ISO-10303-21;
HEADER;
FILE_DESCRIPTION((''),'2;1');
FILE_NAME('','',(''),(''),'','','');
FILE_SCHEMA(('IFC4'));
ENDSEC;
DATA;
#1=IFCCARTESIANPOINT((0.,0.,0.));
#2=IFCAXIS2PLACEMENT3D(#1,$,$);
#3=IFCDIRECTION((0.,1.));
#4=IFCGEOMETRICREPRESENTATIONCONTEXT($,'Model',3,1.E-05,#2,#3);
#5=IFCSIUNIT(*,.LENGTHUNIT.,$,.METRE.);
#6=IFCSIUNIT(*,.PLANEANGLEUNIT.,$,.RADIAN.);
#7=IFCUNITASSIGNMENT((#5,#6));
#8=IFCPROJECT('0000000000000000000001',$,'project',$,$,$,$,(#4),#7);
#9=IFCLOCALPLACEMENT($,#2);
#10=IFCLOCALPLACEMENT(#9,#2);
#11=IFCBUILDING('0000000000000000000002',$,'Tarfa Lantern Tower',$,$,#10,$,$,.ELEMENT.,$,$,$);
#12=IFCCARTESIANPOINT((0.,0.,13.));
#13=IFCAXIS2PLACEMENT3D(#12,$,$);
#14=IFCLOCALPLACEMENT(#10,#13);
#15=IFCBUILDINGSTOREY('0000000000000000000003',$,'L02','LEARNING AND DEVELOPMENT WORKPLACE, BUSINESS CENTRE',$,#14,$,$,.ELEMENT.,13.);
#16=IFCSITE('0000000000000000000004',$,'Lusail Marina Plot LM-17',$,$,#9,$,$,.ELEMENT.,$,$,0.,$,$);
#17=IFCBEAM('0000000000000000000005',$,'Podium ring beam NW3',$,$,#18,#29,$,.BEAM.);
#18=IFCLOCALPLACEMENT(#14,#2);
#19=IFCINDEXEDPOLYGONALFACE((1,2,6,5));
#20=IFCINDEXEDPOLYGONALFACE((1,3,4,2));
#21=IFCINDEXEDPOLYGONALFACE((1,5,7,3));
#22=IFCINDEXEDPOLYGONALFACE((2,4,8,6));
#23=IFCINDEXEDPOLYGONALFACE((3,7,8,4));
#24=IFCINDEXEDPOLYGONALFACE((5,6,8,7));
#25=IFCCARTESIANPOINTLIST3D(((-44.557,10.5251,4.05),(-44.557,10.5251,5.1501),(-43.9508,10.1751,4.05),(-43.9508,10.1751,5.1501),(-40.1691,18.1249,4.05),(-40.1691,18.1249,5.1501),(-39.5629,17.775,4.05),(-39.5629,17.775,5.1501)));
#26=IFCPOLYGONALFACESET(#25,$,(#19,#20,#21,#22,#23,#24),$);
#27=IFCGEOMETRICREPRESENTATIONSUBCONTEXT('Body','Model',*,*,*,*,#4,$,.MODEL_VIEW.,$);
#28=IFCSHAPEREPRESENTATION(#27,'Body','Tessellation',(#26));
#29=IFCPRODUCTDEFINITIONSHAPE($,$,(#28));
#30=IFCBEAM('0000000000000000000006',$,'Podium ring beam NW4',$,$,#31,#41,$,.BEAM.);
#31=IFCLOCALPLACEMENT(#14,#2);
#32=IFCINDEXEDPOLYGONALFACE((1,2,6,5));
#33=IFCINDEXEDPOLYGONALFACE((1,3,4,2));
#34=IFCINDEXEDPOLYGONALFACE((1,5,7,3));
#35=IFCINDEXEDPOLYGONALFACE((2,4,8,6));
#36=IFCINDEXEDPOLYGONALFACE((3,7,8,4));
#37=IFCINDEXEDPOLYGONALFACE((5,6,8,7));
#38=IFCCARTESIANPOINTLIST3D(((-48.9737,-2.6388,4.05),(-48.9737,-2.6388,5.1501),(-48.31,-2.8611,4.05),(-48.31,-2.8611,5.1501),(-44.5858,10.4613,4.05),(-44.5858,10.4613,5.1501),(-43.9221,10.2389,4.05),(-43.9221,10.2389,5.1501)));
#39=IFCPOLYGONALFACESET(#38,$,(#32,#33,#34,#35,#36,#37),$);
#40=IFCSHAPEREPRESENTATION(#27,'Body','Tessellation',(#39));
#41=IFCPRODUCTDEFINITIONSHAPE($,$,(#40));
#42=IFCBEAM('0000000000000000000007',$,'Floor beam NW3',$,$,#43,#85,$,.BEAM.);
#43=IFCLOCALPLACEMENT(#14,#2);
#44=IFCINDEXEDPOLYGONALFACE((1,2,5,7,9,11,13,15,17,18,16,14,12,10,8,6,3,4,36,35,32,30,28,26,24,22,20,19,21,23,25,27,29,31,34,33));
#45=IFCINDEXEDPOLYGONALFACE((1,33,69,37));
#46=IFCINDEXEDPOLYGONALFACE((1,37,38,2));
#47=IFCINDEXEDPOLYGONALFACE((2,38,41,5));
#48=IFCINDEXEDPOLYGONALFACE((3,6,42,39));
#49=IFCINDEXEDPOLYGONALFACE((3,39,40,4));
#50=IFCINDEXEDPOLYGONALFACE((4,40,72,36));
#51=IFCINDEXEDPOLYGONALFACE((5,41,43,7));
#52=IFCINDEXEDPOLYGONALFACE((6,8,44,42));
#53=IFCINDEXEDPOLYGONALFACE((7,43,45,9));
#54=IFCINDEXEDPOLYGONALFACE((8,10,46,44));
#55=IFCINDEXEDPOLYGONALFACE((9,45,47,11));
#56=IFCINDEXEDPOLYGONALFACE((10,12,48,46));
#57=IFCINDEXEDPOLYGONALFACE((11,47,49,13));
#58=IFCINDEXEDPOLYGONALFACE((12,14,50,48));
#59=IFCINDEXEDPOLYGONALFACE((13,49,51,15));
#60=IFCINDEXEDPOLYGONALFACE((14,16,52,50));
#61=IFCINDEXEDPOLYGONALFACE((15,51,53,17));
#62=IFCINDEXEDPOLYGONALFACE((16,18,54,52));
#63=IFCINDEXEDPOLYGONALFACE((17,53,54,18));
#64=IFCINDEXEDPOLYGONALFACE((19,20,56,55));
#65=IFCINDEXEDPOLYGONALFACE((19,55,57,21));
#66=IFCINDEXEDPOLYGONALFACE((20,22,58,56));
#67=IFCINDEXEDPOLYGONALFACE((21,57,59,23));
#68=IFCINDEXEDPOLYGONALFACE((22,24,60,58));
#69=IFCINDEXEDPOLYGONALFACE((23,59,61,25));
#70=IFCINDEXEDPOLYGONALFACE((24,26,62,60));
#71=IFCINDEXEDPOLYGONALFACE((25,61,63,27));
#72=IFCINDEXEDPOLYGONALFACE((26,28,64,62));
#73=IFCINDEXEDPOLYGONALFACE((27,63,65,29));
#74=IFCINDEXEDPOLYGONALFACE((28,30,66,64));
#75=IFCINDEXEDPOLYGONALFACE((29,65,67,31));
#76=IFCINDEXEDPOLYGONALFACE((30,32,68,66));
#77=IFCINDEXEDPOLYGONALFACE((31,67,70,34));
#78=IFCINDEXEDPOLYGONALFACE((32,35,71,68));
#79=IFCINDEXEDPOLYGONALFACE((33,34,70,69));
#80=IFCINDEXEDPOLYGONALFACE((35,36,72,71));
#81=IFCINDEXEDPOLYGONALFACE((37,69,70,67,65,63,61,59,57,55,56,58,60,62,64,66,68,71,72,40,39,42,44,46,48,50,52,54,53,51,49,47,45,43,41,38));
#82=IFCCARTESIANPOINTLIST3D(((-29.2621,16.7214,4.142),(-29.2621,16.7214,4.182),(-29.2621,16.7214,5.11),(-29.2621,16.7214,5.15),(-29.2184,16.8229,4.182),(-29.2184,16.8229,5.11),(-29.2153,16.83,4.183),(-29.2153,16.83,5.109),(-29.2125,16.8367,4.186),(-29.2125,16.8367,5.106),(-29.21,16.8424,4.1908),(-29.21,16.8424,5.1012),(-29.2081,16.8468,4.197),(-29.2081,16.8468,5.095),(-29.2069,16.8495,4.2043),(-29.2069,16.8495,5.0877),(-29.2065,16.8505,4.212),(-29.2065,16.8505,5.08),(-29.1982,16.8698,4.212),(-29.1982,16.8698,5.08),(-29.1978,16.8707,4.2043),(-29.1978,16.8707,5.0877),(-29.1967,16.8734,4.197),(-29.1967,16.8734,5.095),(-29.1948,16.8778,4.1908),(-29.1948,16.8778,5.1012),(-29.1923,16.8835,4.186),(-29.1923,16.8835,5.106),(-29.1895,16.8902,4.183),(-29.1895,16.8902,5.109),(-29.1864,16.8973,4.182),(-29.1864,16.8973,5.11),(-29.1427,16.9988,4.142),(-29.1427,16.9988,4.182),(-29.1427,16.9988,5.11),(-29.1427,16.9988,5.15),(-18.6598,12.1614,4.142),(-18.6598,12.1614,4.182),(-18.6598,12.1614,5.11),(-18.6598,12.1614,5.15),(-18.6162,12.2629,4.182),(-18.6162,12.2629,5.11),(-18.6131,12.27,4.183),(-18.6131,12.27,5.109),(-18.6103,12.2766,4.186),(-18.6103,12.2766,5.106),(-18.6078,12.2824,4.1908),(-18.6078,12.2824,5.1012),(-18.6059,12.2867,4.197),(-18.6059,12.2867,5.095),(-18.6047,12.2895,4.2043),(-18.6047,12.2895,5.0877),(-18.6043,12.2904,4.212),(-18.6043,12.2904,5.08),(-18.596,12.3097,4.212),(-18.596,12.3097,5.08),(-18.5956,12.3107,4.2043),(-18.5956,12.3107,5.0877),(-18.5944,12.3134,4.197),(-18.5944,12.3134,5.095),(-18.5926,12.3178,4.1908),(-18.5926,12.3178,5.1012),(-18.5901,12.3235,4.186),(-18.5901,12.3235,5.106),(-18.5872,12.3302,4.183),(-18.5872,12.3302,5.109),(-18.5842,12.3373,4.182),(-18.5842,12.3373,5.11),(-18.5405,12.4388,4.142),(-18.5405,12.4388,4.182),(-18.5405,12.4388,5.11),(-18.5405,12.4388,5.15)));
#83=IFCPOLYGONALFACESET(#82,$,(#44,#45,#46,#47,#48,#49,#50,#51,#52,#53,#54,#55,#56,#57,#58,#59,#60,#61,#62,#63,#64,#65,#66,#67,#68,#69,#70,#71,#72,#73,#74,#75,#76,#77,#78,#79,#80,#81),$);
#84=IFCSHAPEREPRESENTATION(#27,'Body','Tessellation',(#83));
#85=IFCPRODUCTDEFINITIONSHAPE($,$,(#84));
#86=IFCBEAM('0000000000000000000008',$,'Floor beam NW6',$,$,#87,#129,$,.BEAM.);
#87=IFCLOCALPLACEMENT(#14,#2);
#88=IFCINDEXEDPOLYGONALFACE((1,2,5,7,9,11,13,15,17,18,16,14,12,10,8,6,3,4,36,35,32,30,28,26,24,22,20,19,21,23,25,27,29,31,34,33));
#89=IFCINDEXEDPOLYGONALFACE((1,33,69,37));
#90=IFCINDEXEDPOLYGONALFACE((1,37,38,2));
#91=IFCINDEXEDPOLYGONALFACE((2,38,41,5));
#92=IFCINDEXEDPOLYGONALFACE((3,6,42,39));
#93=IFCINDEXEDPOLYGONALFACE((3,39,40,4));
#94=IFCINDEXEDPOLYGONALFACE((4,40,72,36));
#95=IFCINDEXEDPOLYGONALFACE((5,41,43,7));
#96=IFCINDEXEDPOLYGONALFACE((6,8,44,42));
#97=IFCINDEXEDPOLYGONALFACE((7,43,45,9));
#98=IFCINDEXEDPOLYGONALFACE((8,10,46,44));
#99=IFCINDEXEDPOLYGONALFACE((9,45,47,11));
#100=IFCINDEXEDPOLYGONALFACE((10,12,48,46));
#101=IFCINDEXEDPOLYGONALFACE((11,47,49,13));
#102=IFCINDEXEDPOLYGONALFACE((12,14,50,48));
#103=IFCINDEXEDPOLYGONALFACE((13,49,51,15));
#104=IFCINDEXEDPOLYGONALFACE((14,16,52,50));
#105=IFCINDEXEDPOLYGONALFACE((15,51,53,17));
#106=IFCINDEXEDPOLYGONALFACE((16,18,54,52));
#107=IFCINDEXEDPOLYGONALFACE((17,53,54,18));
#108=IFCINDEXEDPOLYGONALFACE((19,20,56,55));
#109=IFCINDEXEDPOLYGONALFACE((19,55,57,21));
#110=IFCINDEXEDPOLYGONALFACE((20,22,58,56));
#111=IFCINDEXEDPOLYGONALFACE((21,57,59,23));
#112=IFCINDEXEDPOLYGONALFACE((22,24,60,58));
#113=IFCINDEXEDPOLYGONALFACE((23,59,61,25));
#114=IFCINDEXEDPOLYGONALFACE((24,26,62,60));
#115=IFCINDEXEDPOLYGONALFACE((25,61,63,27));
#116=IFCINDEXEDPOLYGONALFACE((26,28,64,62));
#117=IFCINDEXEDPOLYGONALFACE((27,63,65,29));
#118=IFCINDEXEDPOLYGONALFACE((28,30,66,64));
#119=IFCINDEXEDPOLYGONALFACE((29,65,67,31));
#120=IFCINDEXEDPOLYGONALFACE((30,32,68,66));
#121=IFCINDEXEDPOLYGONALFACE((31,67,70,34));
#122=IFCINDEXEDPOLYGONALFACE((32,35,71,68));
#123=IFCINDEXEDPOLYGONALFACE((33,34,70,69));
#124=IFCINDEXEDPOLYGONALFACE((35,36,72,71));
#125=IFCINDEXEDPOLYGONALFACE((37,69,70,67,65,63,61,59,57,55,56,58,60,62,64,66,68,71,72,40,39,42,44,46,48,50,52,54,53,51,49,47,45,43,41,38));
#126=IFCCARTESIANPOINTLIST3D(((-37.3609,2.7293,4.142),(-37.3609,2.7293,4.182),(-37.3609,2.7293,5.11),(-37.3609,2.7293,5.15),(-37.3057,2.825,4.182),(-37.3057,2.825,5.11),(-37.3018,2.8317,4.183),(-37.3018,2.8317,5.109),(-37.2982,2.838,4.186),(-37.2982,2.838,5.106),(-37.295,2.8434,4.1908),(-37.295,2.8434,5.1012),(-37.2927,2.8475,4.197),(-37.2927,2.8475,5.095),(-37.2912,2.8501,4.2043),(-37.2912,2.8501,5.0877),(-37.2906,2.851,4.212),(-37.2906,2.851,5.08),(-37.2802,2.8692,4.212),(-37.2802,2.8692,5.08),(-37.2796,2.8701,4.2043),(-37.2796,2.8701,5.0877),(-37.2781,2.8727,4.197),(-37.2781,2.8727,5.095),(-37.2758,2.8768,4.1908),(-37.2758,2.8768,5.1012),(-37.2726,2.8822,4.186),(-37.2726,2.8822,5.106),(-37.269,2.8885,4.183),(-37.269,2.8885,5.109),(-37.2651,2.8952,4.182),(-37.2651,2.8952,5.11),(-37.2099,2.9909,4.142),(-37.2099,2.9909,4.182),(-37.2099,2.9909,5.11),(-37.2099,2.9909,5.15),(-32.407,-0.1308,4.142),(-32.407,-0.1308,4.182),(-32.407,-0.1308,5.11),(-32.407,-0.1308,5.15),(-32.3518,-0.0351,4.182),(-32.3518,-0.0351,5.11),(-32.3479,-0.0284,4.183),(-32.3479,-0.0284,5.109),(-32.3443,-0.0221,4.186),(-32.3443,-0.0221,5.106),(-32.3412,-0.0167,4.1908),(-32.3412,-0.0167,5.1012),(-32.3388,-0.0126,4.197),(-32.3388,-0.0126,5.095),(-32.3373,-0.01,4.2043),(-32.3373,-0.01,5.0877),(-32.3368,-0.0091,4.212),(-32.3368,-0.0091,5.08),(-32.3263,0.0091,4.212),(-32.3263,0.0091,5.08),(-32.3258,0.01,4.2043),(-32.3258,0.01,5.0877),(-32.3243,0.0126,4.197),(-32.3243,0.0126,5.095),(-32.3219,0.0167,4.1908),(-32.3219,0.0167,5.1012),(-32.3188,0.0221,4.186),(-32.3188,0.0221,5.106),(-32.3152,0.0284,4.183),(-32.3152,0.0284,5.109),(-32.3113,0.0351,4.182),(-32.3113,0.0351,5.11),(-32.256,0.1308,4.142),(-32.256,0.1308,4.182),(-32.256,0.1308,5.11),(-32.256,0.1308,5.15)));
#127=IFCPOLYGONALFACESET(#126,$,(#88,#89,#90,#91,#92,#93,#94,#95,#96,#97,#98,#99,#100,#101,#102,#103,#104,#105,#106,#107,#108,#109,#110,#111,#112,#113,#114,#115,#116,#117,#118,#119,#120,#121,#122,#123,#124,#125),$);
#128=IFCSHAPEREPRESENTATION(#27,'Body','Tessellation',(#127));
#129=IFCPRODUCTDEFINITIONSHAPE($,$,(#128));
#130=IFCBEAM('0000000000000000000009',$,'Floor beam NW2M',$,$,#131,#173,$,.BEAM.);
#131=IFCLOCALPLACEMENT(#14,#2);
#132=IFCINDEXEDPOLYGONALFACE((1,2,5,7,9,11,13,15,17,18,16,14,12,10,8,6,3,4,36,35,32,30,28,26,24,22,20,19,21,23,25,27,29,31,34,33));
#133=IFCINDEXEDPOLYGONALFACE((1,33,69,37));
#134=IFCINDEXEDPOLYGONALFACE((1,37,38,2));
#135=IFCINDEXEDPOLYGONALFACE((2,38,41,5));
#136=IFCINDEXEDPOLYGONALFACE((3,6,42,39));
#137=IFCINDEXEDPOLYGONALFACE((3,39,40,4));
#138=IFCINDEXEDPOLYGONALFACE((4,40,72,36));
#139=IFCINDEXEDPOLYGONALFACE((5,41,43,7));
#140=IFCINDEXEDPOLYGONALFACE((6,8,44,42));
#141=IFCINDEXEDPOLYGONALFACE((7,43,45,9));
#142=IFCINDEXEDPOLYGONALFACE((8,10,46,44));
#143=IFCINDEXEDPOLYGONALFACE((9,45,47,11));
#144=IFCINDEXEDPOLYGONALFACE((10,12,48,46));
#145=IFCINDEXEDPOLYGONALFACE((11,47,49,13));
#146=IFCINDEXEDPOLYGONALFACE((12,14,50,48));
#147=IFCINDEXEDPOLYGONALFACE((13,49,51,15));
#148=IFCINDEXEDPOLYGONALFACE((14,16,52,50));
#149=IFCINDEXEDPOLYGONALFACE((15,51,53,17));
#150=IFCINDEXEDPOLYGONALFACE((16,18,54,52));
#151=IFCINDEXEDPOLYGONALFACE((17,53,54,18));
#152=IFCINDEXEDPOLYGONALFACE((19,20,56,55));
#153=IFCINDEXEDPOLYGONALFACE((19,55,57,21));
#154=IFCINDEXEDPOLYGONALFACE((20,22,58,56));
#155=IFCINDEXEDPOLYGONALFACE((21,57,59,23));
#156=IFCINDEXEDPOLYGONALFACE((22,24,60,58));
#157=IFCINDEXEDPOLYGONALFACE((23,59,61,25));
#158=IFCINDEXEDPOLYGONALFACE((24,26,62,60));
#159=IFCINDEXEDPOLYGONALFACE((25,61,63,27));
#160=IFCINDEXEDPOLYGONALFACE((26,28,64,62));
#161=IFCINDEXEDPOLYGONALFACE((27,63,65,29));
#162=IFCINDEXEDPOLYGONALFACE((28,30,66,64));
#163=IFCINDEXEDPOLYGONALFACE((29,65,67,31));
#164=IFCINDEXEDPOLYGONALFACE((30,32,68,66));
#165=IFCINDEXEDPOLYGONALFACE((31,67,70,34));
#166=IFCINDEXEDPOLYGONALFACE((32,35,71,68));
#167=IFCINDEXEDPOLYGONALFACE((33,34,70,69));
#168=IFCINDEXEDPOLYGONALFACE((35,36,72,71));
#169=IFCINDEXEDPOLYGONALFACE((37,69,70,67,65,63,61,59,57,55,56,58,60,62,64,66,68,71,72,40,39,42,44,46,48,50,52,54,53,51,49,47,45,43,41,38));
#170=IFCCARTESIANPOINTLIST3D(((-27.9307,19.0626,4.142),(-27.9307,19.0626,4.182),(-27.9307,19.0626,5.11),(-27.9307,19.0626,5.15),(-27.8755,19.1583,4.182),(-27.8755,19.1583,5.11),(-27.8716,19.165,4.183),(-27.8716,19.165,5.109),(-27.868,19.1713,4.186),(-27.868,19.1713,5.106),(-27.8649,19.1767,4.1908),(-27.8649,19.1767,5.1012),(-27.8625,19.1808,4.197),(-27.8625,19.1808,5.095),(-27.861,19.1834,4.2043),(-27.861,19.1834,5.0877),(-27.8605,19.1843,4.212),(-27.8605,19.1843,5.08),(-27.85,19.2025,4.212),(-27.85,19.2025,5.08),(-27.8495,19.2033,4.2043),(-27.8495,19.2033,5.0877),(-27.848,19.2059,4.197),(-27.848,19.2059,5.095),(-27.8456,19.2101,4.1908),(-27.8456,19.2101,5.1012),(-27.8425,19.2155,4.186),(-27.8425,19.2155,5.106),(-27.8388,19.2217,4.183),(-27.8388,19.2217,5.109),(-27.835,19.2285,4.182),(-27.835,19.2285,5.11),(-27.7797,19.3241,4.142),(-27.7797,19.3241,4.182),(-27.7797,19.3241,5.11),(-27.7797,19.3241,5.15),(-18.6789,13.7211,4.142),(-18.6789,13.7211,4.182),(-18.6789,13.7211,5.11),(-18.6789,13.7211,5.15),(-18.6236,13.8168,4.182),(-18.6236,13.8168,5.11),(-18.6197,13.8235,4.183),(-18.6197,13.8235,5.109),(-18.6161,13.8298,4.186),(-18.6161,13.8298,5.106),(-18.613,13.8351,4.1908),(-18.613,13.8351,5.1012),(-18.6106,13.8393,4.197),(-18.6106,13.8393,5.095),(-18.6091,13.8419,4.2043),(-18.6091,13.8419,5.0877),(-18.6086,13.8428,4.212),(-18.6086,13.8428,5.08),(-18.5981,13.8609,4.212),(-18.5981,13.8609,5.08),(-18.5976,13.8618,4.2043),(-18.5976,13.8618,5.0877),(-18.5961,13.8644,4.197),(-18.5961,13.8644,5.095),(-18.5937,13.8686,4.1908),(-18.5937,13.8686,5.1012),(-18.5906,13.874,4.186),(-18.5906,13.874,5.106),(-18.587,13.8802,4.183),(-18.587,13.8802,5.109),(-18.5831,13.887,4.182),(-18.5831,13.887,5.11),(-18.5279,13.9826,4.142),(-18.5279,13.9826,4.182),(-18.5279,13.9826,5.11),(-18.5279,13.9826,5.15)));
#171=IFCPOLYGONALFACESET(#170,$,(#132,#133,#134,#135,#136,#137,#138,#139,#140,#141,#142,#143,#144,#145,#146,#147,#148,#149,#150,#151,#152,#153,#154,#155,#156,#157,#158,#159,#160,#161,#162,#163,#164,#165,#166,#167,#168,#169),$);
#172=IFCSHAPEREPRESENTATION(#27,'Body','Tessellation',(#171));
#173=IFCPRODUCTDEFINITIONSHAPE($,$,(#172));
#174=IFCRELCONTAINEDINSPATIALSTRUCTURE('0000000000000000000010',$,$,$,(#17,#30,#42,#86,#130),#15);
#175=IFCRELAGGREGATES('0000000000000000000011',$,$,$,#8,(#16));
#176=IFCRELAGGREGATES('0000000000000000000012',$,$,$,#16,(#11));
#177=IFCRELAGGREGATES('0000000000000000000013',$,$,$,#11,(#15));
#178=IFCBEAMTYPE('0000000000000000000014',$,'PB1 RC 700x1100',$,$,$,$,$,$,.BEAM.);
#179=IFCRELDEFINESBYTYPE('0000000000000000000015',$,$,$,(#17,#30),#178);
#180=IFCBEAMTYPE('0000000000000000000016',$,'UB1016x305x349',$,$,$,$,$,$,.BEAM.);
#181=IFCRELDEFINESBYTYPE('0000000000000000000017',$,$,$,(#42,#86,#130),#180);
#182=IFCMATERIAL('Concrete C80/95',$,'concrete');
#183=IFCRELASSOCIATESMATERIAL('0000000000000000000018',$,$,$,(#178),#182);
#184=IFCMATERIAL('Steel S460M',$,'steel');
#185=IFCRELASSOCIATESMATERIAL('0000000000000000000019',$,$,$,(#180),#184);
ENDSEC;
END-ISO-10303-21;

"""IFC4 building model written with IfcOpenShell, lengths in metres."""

from ifc_helpers import new_model, si_unit, direction, frame, origin, origin_2d, place, context, subcontext, project, spatial, rectangle, i_section, extrude, material, material_profile, profile_set, type_object, element, save


model = new_model("IFC4")

# Units and contexts
model_context = context("Model", 3, precision=1e-05, world=origin(), true_north=direction((0.0, 1.0)))
body_context = subcontext(model_context, "Body", "Model", "MODEL_VIEW")
ifc_project = project(units=[si_unit("LENGTHUNIT", "METRE"), si_unit("PLANEANGLEUNIT", "RADIAN")], contexts=[model_context])

# Site, building, storey
site_placement = place(None, origin())
site = spatial("IfcSite", under=ifc_project, at=site_placement, Name="Lusail Marina Plot LM-17", CompositionType="ELEMENT", RefElevation=0.0)
building_placement = place(site_placement, origin())
building = spatial("IfcBuilding", under=site, at=building_placement, Name="Tarfa Lantern Tower", CompositionType="ELEMENT")
storey_placement = place(building_placement, frame((0.0, 0.0, 13.0)))
storey = spatial("IfcBuildingStorey", under=building, at=storey_placement, Name="L02", Description="LEARNING AND DEVELOPMENT WORKPLACE, BUSINESS CENTRE", CompositionType="ELEMENT", Elevation=13.0)

# Shared definitions
ifc_material_1 = material(Name="Concrete C80/95", Category="concrete")

# Beams
ifc_material_profile_1 = material_profile(ifc_material_1, rectangle(XDim=0.7, YDim=1.1001, at=origin_2d()), Name="RC 700x1100")
ifc_profile_set_1 = profile_set([ifc_material_profile_1], Name="Concrete C80/95")
beam_type_1 = type_object("IfcBeamType", Name="PB1 RC 700x1100", PredefinedType="BEAM", material=ifc_profile_set_1)
beam_1_placement = place(storey_placement, frame((-39.866, 17.95, 4.6001), z_axis=(-0.500014, -0.866017, 0.0), x_axis=(0.866017, -0.500014, 0.0)))
element("IfcBeam", 1, at=beam_1_placement, inside=storey, type_object=beam_type_1, Name="Podium ring beam NW3", PredefinedType="BEAM", context=body_context, shape_type="SweptSolid", body=[
    extrude(rectangle(XDim=0.7, YDim=1.1001, at=origin_2d()), origin(), (0.0, 0.0, 1.0), 8.7756),
])
beam_2_placement = place(storey_placement, frame((-44.2539, 10.3501, 4.6001), z_axis=(-0.317611, -0.948221, 0.0), x_axis=(0.948221, -0.317611, 0.0)))
element("IfcBeam", 2, at=beam_2_placement, inside=storey, type_object=beam_type_1, Name="Podium ring beam NW4", PredefinedType="BEAM", context=body_context, shape_type="SweptSolid", body=[
    extrude(rectangle(XDim=0.7, YDim=1.1001, at=origin_2d()), origin(), (0.0, 0.0, 1.0), 13.8154),
])
ifc_material_2 = material(Name="Steel S460M", Category="steel")
ifc_material_profile_2 = material_profile(ifc_material_2, i_section(OverallWidth=0.302, OverallDepth=1.0081, WebThickness=0.021, FlangeThickness=0.04, FilletRadius=0.03, at=origin_2d()), Name="UB1016x305x349")
ifc_profile_set_2 = profile_set([ifc_material_profile_2], Name="Steel S460M")
beam_type_2 = type_object("IfcBeamType", Name="UB1016x305x349", PredefinedType="BEAM", material=ifc_profile_set_2)
beam_3_placement = place(storey_placement, frame((-29.2024, 16.8601, 4.646), z_axis=(0.918635, -0.395106, 0.0), x_axis=(0.395106, 0.918635, 0.0)))
element("IfcBeam", 3, at=beam_3_placement, inside=storey, type_object=beam_type_2, Name="Floor beam NW3", PredefinedType="BEAM", context=body_context, shape_type="SweptSolid", body=[
    extrude(i_section(OverallWidth=0.302, OverallDepth=1.0081, WebThickness=0.021, FlangeThickness=0.04, FilletRadius=0.03, at=origin_2d()), origin(), (0.0, 0.0, 1.0), 11.5413),
])
beam_4_placement = place(storey_placement, frame((-37.2854, 2.8601, 4.646), z_axis=(0.866026, -0.5, 0.0), x_axis=(0.5, 0.866026, 0.0)))
element("IfcBeam", 4, at=beam_4_placement, inside=storey, type_object=beam_type_2, Name="Floor beam NW6", PredefinedType="BEAM", context=body_context, shape_type="SweptSolid", body=[
    extrude(i_section(OverallWidth=0.302, OverallDepth=1.0081, WebThickness=0.021, FlangeThickness=0.04, FilletRadius=0.03, at=origin_2d()), origin(), (0.0, 0.0, 1.0), 5.7202),
])
beam_5_placement = place(storey_placement, frame((-27.8552, 19.1934, 4.646), z_axis=(0.866028, -0.499995, 0.0), x_axis=(0.499995, 0.866028, 0.0)))
element("IfcBeam", 5, at=beam_5_placement, inside=storey, type_object=beam_type_2, Name="Floor beam NW2M", PredefinedType="BEAM", context=body_context, shape_type="SweptSolid", body=[
    extrude(i_section(OverallWidth=0.302, OverallDepth=1.0081, WebThickness=0.021, FlangeThickness=0.04, FilletRadius=0.03, at=origin_2d()), origin(), (0.0, 0.0, 1.0), 10.6831),
])

save(model, "model.ifc")
